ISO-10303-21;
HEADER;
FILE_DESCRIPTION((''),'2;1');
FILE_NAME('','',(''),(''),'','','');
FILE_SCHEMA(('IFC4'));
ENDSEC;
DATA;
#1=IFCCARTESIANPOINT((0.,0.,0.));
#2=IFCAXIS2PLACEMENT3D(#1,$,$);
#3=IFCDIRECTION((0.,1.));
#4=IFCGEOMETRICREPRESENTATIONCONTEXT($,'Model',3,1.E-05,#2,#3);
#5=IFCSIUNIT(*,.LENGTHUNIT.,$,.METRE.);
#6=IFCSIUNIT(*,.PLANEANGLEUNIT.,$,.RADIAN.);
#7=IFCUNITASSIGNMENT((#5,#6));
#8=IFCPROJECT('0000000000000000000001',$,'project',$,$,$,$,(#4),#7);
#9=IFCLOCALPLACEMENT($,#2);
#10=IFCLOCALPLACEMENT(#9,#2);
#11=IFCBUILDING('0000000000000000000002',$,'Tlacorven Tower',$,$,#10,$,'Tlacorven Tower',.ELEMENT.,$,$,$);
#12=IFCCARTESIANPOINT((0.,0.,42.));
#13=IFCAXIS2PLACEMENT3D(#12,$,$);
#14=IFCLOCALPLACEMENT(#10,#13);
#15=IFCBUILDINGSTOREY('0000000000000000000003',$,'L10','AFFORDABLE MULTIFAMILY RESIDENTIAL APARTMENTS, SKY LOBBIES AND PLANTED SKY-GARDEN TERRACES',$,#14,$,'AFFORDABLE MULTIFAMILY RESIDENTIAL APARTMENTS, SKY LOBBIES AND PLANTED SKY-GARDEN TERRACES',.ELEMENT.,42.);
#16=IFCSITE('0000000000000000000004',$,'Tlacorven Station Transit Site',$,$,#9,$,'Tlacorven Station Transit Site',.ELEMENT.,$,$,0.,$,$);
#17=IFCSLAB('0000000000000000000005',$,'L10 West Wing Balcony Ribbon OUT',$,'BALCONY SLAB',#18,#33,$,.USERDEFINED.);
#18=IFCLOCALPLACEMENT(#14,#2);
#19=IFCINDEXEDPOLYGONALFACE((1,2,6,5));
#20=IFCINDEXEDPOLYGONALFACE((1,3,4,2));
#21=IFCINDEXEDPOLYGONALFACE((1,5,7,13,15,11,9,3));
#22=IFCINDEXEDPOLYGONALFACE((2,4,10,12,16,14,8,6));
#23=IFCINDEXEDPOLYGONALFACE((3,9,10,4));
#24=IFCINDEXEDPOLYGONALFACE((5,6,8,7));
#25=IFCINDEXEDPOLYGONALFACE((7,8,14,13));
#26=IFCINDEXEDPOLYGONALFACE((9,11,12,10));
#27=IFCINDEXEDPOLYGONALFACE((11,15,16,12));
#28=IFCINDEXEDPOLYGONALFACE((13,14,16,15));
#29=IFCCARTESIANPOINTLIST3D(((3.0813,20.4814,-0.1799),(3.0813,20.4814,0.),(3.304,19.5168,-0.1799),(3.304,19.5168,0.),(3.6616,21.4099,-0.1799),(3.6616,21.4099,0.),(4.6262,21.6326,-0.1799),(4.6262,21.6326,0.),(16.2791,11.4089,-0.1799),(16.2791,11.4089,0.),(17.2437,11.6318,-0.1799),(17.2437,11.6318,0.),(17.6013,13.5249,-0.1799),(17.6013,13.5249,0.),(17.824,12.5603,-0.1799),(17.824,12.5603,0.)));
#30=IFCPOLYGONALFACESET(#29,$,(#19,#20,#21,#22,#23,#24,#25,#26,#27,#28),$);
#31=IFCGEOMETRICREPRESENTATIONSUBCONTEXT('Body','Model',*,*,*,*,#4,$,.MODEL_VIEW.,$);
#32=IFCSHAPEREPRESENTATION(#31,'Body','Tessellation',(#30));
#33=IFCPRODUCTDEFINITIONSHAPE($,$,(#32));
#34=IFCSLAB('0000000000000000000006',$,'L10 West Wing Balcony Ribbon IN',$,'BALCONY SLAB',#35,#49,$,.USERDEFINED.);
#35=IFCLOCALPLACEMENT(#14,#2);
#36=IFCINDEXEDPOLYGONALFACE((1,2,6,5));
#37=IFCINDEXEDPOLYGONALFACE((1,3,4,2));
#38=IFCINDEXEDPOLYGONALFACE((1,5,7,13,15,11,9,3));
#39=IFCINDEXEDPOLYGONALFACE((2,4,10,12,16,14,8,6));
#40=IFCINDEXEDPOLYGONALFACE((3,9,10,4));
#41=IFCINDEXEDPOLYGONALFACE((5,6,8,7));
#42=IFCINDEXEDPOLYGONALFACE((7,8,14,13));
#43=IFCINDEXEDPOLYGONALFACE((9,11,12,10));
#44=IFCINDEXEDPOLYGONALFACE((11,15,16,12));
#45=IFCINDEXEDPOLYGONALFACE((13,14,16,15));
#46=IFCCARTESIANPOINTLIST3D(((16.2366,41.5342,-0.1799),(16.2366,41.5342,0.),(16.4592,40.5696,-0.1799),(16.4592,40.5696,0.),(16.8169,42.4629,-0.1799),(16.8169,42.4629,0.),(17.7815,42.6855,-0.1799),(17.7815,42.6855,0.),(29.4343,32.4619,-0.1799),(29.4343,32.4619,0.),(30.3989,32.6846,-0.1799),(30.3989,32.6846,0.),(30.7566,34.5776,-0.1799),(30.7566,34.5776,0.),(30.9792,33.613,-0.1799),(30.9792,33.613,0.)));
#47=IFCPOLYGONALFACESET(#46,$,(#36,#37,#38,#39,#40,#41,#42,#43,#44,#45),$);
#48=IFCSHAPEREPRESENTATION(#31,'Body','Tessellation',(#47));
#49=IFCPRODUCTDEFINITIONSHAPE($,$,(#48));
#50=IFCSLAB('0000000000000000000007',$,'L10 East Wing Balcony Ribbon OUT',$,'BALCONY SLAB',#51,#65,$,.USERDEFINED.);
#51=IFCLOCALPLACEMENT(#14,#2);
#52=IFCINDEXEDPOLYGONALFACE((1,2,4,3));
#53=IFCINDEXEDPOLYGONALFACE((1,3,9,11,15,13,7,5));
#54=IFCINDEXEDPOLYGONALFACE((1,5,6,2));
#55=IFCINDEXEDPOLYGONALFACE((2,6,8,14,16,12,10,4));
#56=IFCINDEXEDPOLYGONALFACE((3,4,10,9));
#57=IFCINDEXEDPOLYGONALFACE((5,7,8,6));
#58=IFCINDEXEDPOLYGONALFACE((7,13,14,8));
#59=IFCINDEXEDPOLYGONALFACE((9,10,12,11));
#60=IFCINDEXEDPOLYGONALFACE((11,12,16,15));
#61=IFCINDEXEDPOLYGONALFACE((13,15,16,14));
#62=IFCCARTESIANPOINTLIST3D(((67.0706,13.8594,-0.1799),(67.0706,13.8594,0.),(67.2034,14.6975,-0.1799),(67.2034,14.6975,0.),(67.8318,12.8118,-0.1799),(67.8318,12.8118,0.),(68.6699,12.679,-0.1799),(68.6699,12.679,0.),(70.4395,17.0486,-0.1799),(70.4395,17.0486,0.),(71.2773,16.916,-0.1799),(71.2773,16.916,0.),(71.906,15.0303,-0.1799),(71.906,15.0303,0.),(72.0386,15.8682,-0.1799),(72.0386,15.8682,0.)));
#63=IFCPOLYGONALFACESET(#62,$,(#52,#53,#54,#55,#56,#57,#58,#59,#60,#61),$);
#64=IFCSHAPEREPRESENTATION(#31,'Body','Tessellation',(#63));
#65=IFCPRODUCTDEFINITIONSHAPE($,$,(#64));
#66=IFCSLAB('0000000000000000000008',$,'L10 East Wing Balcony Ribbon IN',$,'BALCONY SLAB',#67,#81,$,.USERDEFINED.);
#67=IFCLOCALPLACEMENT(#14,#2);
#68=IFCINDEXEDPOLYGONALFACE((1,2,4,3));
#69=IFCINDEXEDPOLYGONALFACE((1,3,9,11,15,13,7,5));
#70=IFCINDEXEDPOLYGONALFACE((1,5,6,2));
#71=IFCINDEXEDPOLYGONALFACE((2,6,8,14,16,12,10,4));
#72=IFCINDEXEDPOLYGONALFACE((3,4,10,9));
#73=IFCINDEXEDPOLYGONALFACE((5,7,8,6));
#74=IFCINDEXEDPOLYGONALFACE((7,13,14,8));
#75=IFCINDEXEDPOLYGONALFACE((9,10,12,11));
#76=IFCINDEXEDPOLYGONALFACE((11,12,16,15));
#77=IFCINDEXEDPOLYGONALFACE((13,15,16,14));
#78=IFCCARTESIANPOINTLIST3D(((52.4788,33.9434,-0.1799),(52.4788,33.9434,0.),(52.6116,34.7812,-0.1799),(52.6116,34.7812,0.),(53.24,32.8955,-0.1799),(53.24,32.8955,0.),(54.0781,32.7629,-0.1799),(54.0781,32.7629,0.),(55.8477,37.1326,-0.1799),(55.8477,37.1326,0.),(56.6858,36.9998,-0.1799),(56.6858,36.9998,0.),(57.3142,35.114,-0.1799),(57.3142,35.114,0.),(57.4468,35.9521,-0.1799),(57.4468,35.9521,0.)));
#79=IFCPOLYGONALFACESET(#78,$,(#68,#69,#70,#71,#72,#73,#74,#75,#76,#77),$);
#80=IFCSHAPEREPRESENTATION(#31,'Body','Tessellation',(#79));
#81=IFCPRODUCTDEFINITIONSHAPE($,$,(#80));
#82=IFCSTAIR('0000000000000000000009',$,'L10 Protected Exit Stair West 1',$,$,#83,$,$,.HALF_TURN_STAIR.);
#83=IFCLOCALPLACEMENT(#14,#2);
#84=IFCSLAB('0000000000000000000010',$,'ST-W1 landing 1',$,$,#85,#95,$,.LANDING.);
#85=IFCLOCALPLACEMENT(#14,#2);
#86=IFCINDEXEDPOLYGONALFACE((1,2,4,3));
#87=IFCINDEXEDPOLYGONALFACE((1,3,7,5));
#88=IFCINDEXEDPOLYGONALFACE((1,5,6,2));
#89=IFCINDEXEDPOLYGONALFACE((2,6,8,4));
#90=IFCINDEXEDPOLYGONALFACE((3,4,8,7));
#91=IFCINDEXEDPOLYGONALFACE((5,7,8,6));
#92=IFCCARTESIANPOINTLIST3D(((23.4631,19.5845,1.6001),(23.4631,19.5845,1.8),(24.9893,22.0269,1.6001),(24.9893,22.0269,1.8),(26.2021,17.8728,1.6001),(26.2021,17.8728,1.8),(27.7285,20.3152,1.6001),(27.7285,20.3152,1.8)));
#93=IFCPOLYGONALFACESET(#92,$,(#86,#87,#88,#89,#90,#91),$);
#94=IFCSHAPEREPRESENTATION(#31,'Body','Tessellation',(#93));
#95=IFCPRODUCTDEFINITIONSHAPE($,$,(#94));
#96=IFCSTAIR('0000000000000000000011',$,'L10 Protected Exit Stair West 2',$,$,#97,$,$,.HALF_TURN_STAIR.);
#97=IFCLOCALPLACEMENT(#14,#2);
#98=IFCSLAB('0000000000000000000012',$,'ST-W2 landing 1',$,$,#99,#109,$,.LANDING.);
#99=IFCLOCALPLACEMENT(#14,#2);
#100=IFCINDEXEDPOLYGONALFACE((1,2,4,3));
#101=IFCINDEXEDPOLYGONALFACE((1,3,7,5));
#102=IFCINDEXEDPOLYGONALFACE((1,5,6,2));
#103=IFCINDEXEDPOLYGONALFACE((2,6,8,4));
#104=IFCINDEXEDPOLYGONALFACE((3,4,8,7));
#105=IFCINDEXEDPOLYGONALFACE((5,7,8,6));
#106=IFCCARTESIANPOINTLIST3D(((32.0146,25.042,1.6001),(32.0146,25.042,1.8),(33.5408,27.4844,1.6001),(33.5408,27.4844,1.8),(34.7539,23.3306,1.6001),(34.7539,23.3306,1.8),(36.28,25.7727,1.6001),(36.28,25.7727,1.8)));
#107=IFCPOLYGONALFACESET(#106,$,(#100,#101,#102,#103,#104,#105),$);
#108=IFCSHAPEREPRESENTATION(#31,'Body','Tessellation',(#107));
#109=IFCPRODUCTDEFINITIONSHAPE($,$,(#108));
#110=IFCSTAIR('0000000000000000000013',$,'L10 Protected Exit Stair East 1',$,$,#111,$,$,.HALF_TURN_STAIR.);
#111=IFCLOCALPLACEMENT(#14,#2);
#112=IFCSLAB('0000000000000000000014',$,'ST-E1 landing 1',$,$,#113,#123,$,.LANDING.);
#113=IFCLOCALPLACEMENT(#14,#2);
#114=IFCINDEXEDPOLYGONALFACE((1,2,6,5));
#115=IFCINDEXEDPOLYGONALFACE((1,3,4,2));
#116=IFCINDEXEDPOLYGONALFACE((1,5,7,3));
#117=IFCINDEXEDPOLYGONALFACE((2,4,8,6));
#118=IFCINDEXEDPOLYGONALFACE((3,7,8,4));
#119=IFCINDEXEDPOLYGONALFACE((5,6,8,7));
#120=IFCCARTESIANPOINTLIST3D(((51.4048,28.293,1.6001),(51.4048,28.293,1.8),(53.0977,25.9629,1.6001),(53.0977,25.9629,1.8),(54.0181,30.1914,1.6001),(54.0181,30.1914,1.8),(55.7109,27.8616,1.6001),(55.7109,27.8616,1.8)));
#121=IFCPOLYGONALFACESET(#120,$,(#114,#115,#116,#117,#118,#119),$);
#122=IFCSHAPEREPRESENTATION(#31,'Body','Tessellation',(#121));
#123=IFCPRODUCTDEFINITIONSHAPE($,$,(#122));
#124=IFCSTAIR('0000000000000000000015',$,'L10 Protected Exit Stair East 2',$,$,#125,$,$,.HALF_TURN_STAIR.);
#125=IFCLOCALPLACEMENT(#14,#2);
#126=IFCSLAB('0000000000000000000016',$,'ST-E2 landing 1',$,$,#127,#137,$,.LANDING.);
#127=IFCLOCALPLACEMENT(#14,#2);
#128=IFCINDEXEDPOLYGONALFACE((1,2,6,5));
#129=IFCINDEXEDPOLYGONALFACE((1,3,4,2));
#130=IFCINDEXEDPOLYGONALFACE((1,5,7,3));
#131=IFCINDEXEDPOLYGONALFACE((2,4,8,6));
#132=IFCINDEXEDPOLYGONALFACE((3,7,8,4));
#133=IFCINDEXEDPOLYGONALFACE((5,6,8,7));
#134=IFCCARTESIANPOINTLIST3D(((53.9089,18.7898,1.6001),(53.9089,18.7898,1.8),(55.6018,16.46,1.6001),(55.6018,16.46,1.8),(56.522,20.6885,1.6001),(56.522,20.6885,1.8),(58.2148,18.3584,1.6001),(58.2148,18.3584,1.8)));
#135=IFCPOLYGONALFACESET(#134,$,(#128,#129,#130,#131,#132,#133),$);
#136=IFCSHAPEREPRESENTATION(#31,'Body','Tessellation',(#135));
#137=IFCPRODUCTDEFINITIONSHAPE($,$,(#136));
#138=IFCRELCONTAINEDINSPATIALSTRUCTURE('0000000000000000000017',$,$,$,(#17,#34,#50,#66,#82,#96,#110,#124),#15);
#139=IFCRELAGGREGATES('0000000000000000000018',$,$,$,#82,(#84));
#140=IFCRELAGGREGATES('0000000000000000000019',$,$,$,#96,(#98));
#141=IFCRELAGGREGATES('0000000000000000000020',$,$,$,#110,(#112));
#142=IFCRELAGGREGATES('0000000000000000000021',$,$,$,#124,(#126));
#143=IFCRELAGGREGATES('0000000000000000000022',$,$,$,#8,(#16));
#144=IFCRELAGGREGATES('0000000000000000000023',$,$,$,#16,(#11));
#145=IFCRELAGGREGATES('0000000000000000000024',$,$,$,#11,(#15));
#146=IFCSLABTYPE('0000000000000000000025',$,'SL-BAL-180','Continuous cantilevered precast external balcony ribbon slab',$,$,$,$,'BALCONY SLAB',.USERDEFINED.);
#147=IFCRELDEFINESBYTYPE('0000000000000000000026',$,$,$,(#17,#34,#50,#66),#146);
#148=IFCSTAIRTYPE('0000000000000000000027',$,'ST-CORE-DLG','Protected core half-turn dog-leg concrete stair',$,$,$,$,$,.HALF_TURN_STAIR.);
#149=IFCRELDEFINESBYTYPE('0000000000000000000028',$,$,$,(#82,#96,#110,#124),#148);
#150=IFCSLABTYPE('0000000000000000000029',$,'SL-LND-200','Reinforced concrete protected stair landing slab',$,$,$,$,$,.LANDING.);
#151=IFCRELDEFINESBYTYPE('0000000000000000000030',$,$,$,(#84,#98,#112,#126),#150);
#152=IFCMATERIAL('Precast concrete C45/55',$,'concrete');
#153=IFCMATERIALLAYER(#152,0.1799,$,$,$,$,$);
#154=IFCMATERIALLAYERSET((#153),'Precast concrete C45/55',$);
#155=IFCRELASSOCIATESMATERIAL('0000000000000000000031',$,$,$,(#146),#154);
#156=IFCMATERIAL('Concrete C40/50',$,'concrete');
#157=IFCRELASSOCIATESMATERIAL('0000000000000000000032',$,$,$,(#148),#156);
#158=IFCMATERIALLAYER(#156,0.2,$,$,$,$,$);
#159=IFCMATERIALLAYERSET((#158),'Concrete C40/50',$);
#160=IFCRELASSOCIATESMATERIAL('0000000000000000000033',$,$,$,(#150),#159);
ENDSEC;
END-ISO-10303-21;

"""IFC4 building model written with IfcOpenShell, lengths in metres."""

from ifc_helpers import new_model, si_unit, direction, frame, origin, place, context, subcontext, project, spatial, polyline, outline, extrude, material, layer, layer_set, type_object, element, aggregate, save


model = new_model("IFC4")

# Units and contexts
model_context = context("Model", 3, precision=1e-05, world=origin(), true_north=direction((0.0, 1.0)))
body_context = subcontext(model_context, "Body", "Model", "MODEL_VIEW")
ifc_project = project(units=[si_unit("LENGTHUNIT", "METRE"), si_unit("PLANEANGLEUNIT", "RADIAN")], contexts=[model_context])

# Site, building, storey
site_placement = place(None, origin())
site = spatial("IfcSite", under=ifc_project, at=site_placement, Name="Tlacorven Station Transit Site", LongName="Tlacorven Station Transit Site", CompositionType="ELEMENT", RefElevation=0.0)
building_placement = place(site_placement, origin())
building = spatial("IfcBuilding", under=site, at=building_placement, Name="Tlacorven Tower", LongName="Tlacorven Tower", CompositionType="ELEMENT")
storey_placement = place(building_placement, frame((0.0, 0.0, 42.0)))
storey = spatial("IfcBuildingStorey", under=building, at=storey_placement, Name="L10", Description="AFFORDABLE MULTIFAMILY RESIDENTIAL APARTMENTS, SKY LOBBIES AND PLANTED SKY-GARDEN TERRACES", LongName="AFFORDABLE MULTIFAMILY RESIDENTIAL APARTMENTS, SKY LOBBIES AND PLANTED SKY-GARDEN TERRACES", CompositionType="ELEMENT", Elevation=42.0)

# Slabs
ifc_material_1 = material(Name="Precast concrete C45/55", Category="concrete")
ifc_layer_1 = layer(ifc_material_1, 0.1799)
ifc_layer_set_1 = layer_set([ifc_layer_1], Name="Precast concrete C45/55")
slab_type_1 = type_object("IfcSlabType", Name="SL-BAL-180", Description="Continuous cantilevered precast external balcony ribbon slab", ElementType="BALCONY SLAB", PredefinedType="USERDEFINED", material=ifc_layer_set_1)
slab_1_placement = place(storey_placement, frame((0.0, 0.0, -0.1799)))
element("IfcSlab", 1, at=slab_1_placement, inside=storey, type_object=slab_type_1, Name="L10 West Wing Balcony Ribbon OUT", ObjectType="BALCONY SLAB", PredefinedType="USERDEFINED", context=body_context, shape_type="SweptSolid", body=[
    extrude(outline(polyline([(17.6013, 13.5249), (4.6262, 21.6326), (3.6616, 21.4099), (3.0813, 20.4814), (3.304, 19.5168), (16.2791, 11.4089), (17.2437, 11.6318), (17.824, 12.5603), (17.6013, 13.5249)])), origin(), (0.0, 0.0, 1.0), 0.1799),
])
slab_2_placement = place(storey_placement, frame((0.0, 0.0, -0.1799)))
element("IfcSlab", 2, at=slab_2_placement, inside=storey, type_object=slab_type_1, Name="L10 West Wing Balcony Ribbon IN", ObjectType="BALCONY SLAB", PredefinedType="USERDEFINED", context=body_context, shape_type="SweptSolid", body=[
    extrude(outline(polyline([(30.7566, 34.5776), (17.7815, 42.6855), (16.8169, 42.4629), (16.2366, 41.5342), (16.4592, 40.5696), (29.4343, 32.4619), (30.3989, 32.6846), (30.9792, 33.613), (30.7566, 34.5776)])), origin(), (0.0, 0.0, 1.0), 0.1799),
])
slab_3_placement = place(storey_placement, frame((0.0, 0.0, -0.1799)))
element("IfcSlab", 3, at=slab_3_placement, inside=storey, type_object=slab_type_1, Name="L10 East Wing Balcony Ribbon OUT", ObjectType="BALCONY SLAB", PredefinedType="USERDEFINED", context=body_context, shape_type="SweptSolid", body=[
    extrude(outline(polyline([(68.6699, 12.679), (71.906, 15.0303), (72.0386, 15.8682), (71.2773, 16.916), (70.4395, 17.0486), (67.2034, 14.6975), (67.0706, 13.8594), (67.8318, 12.8118), (68.6699, 12.679)])), origin(), (0.0, 0.0, 1.0), 0.1799),
])
slab_4_placement = place(storey_placement, frame((0.0, 0.0, -0.1799)))
element("IfcSlab", 4, at=slab_4_placement, inside=storey, type_object=slab_type_1, Name="L10 East Wing Balcony Ribbon IN", ObjectType="BALCONY SLAB", PredefinedType="USERDEFINED", context=body_context, shape_type="SweptSolid", body=[
    extrude(outline(polyline([(54.0781, 32.7629), (57.3142, 35.114), (57.4468, 35.9521), (56.6858, 36.9998), (55.8477, 37.1326), (52.6116, 34.7812), (52.4788, 33.9434), (53.24, 32.8955), (54.0781, 32.7629)])), origin(), (0.0, 0.0, 1.0), 0.1799),
])

# Stairs, slabs
ifc_material_2 = material(Name="Concrete C40/50", Category="concrete")
stair_type = type_object("IfcStairType", Name="ST-CORE-DLG", Description="Protected core half-turn dog-leg concrete stair", PredefinedType="HALF_TURN_STAIR", material=ifc_material_2)
stair_1_placement = place(storey_placement, origin())
stair_1 = element("IfcStair", 5, at=stair_1_placement, inside=storey, type_object=stair_type, Name="L10 Protected Exit Stair West 1", PredefinedType="HALF_TURN_STAIR")
ifc_layer_2 = layer(ifc_material_2, 0.2)
ifc_layer_set_2 = layer_set([ifc_layer_2], Name="Concrete C40/50")
slab_type_2 = type_object("IfcSlabType", Name="SL-LND-200", Description="Reinforced concrete protected stair landing slab", PredefinedType="LANDING", material=ifc_layer_set_2)
slab_5_placement = place(storey_placement, frame((0.0, 0.0, 1.6001)))
slab_5 = element("IfcSlab", 6, at=slab_5_placement, type_object=slab_type_2, Name="ST-W1 landing 1", PredefinedType="LANDING", context=body_context, shape_type="SweptSolid", body=[
    extrude(outline(polyline([(27.7285, 20.3152), (24.9893, 22.0269), (23.4631, 19.5845), (26.2021, 17.8728), (27.7285, 20.3152)])), origin(), (0.0, 0.0, 1.0), 0.2),
])
aggregate(stair_1, [slab_5])
stair_2_placement = place(storey_placement, origin())
stair_2 = element("IfcStair", 7, at=stair_2_placement, inside=storey, type_object=stair_type, Name="L10 Protected Exit Stair West 2", PredefinedType="HALF_TURN_STAIR")
slab_6_placement = place(storey_placement, frame((0.0, 0.0, 1.6001)))
slab_6 = element("IfcSlab", 8, at=slab_6_placement, type_object=slab_type_2, Name="ST-W2 landing 1", PredefinedType="LANDING", context=body_context, shape_type="SweptSolid", body=[
    extrude(outline(polyline([(36.28, 25.7727), (33.5408, 27.4844), (32.0146, 25.042), (34.7539, 23.3306), (36.28, 25.7727)])), origin(), (0.0, 0.0, 1.0), 0.2),
])
aggregate(stair_2, [slab_6])
stair_3_placement = place(storey_placement, origin())
stair_3 = element("IfcStair", 9, at=stair_3_placement, inside=storey, type_object=stair_type, Name="L10 Protected Exit Stair East 1", PredefinedType="HALF_TURN_STAIR")
slab_7_placement = place(storey_placement, frame((0.0, 0.0, 1.6001)))
slab_7 = element("IfcSlab", 10, at=slab_7_placement, type_object=slab_type_2, Name="ST-E1 landing 1", PredefinedType="LANDING", context=body_context, shape_type="SweptSolid", body=[
    extrude(outline(polyline([(53.0977, 25.9629), (55.7109, 27.8616), (54.0181, 30.1914), (51.4048, 28.293), (53.0977, 25.9629)])), origin(), (0.0, 0.0, 1.0), 0.2),
])
aggregate(stair_3, [slab_7])
stair_4_placement = place(storey_placement, origin())
stair_4 = element("IfcStair", 11, at=stair_4_placement, inside=storey, type_object=stair_type, Name="L10 Protected Exit Stair East 2", PredefinedType="HALF_TURN_STAIR")
slab_8_placement = place(storey_placement, frame((0.0, 0.0, 1.6001)))
slab_8 = element("IfcSlab", 12, at=slab_8_placement, type_object=slab_type_2, Name="ST-E2 landing 1", PredefinedType="LANDING", context=body_context, shape_type="SweptSolid", body=[
    extrude(outline(polyline([(55.6018, 16.46), (58.2148, 18.3584), (56.522, 20.6885), (53.9089, 18.7898), (55.6018, 16.46)])), origin(), (0.0, 0.0, 1.0), 0.2),
])
aggregate(stair_4, [slab_8])

save(model, "model.ifc")
